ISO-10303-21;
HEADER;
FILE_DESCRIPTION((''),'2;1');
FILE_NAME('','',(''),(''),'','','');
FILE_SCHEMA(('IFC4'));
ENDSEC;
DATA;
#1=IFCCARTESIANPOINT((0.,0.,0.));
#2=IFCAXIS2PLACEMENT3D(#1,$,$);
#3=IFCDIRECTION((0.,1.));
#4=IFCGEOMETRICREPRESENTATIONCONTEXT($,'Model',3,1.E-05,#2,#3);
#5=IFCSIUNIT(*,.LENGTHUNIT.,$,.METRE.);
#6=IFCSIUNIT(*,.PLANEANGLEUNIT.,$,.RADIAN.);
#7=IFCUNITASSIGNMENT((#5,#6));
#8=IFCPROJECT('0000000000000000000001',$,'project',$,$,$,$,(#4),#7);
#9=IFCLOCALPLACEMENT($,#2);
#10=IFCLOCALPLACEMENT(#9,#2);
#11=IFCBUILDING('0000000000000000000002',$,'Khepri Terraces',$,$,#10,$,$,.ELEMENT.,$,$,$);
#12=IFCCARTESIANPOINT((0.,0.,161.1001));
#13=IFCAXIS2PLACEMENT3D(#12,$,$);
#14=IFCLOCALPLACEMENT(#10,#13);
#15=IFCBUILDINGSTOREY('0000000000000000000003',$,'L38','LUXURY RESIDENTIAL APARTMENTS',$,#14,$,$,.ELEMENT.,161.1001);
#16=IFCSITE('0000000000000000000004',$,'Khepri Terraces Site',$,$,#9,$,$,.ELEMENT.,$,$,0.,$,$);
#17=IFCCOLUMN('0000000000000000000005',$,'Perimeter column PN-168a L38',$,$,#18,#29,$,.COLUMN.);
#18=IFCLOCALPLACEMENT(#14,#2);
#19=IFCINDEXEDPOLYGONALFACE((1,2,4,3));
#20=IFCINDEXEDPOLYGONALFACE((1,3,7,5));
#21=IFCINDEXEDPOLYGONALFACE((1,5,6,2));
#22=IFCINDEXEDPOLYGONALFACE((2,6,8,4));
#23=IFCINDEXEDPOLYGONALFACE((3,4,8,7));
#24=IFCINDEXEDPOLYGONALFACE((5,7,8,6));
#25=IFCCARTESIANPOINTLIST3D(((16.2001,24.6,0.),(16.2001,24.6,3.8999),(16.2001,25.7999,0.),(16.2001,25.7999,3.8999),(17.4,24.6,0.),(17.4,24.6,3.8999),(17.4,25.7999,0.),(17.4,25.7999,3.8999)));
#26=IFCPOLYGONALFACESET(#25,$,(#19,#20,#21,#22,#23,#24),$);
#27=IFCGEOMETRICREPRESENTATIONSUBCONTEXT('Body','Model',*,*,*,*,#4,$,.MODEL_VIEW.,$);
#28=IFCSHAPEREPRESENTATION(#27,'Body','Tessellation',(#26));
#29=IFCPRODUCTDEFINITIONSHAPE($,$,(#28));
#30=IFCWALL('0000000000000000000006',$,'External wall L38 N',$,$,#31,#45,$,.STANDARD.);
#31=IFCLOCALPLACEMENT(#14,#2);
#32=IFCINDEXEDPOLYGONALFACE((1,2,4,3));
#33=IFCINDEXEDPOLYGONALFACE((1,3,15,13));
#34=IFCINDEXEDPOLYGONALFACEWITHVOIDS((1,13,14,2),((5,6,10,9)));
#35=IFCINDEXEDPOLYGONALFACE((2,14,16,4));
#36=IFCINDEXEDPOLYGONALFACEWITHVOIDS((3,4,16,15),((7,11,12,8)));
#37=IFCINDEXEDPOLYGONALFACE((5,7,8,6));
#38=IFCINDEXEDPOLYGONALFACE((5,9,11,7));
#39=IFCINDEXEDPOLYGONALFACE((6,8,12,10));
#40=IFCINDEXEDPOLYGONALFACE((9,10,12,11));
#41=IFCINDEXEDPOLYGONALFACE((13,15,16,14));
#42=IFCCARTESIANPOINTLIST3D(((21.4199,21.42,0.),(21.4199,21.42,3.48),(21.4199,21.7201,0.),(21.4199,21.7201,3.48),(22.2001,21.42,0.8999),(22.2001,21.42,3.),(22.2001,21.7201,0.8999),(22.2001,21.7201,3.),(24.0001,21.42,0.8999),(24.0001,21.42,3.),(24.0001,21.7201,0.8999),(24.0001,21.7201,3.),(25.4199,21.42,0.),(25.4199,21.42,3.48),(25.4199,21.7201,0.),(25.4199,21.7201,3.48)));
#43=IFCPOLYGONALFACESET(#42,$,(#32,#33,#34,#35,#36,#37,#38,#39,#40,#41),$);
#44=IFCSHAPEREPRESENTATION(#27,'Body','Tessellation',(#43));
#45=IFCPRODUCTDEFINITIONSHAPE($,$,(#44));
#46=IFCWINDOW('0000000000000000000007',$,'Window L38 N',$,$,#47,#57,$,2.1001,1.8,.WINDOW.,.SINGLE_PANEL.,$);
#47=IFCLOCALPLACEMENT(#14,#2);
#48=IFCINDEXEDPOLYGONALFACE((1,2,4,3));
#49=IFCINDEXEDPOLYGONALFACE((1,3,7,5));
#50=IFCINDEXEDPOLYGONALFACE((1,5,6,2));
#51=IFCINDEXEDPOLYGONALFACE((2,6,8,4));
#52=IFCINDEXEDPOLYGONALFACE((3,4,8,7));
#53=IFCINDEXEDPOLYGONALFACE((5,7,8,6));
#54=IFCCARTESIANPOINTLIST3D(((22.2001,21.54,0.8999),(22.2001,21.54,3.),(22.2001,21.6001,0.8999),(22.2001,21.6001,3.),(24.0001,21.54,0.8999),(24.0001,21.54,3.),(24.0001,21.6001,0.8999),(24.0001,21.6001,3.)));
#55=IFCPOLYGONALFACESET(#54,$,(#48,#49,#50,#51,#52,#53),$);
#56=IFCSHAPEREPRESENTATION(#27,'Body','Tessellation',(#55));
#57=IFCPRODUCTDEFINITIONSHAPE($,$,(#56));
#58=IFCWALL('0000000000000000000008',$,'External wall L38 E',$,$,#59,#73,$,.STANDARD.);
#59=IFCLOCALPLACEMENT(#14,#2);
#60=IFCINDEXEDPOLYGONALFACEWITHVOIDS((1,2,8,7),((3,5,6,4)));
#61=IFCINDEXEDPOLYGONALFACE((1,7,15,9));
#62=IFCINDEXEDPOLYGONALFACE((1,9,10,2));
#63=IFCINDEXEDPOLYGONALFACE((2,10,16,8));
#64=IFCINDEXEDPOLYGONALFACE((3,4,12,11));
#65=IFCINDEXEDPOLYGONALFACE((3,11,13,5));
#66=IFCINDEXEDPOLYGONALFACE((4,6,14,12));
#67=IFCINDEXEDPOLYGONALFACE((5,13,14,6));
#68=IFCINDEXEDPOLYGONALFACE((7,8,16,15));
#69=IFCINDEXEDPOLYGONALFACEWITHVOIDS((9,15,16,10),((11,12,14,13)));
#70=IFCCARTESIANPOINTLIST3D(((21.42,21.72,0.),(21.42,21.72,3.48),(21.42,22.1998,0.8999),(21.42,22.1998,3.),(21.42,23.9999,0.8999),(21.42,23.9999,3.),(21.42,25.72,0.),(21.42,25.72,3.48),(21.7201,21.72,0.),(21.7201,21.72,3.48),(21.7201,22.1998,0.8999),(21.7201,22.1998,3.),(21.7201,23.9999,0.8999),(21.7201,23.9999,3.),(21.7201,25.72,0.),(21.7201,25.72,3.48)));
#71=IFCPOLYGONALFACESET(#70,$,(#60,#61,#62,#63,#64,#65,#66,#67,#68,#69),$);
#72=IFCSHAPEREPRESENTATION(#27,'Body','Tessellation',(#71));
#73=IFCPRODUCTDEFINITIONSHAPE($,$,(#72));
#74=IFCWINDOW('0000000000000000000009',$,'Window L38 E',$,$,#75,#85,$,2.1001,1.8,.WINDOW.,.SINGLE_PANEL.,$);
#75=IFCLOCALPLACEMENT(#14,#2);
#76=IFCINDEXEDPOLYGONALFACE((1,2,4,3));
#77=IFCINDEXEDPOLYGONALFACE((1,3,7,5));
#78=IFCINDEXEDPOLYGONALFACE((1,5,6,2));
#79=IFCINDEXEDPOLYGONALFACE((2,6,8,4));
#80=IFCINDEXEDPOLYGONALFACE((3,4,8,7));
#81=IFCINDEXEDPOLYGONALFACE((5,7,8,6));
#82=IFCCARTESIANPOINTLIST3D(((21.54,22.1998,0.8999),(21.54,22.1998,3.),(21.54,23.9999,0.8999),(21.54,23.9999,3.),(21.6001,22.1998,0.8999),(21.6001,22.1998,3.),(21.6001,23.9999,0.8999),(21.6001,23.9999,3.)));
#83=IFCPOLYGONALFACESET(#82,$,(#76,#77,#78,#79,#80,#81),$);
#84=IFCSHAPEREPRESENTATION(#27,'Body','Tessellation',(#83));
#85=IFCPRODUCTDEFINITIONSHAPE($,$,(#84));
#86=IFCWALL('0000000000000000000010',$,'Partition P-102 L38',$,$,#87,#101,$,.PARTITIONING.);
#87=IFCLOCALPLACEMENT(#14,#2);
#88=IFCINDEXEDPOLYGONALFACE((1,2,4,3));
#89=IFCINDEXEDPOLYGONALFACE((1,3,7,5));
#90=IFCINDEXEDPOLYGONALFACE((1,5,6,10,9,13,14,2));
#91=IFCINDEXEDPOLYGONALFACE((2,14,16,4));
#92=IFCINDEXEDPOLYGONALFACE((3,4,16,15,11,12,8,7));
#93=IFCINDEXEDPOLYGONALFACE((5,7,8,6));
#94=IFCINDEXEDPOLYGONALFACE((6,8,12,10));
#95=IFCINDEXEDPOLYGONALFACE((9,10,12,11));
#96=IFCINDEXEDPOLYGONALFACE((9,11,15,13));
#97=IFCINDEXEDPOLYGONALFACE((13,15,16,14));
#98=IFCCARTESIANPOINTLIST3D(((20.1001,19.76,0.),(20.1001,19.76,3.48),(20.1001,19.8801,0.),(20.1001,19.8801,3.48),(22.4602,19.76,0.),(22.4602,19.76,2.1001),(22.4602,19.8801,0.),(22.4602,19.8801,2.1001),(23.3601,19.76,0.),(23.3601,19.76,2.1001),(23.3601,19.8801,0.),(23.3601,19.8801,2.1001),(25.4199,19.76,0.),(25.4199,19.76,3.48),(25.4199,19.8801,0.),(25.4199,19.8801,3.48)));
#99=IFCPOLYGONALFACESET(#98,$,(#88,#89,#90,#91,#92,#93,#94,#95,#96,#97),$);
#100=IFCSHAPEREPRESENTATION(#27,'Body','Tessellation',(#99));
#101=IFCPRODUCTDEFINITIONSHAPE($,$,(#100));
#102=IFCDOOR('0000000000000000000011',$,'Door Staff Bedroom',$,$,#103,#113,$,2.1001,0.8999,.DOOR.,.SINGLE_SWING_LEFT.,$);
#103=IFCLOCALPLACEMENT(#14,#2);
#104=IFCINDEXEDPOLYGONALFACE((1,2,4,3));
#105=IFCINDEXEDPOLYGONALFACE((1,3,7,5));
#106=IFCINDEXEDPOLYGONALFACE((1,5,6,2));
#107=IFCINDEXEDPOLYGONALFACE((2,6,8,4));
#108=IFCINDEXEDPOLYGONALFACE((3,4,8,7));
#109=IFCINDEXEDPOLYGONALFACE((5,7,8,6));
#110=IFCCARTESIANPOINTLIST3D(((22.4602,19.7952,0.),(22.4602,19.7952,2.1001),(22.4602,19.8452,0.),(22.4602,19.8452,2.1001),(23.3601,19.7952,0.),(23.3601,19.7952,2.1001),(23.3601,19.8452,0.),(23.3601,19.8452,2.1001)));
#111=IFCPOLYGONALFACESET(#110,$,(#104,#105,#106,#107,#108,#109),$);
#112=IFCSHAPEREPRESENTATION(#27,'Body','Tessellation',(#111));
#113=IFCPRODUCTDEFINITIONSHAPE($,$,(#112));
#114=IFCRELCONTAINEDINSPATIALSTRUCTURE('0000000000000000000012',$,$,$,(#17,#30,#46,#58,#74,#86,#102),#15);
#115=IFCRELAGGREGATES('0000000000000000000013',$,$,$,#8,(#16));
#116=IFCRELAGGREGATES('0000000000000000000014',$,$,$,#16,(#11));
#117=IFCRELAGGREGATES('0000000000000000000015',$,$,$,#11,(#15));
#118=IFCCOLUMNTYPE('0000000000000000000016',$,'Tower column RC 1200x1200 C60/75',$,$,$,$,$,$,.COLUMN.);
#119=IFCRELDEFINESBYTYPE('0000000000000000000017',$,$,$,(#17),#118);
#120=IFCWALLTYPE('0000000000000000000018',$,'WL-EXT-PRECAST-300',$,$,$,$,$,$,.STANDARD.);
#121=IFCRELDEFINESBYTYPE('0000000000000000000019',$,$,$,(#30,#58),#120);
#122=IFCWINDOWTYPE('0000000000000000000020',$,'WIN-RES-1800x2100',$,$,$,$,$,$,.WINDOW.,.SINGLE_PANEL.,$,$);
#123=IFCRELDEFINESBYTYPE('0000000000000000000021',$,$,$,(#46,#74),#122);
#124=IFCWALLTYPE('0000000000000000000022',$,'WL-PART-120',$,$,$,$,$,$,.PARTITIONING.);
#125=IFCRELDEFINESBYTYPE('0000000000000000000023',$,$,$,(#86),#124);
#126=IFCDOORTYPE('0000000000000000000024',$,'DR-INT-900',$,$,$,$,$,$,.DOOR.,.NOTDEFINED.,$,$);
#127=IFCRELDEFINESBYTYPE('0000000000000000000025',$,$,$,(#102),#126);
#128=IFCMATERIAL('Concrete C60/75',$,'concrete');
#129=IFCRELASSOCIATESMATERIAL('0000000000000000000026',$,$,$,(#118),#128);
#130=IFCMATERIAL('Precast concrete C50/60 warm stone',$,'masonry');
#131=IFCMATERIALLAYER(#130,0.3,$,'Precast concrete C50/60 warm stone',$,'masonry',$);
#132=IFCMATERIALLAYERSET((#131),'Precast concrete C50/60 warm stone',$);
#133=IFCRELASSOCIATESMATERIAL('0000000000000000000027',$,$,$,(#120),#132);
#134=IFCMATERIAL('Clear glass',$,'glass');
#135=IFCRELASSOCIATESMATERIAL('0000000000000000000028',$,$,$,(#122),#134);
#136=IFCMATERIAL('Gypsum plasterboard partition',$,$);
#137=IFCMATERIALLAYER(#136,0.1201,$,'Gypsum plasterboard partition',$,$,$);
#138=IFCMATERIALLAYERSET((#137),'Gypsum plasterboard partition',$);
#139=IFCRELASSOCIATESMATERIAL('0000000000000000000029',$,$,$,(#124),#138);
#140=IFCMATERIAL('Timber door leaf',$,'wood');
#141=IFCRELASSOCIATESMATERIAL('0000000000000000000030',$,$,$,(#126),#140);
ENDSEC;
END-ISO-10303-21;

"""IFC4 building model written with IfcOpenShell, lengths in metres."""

from ifc_helpers import new_model, si_unit, direction, frame, frame_2d, origin, origin_2d, place, context, subcontext, project, spatial, rectangle, extrude, material, layer, layer_set, material_profile, profile_set, type_object, element, fill, save


model = new_model("IFC4")

# Units and contexts
model_context = context("Model", 3, precision=1e-05, world=origin(), true_north=direction((0.0, 1.0)))
body_context = subcontext(model_context, "Body", "Model", "MODEL_VIEW")
ifc_project = project(units=[si_unit("LENGTHUNIT", "METRE"), si_unit("PLANEANGLEUNIT", "RADIAN")], contexts=[model_context])

# Site, building, storey
site_placement = place(None, origin())
site = spatial("IfcSite", under=ifc_project, at=site_placement, Name="Khepri Terraces Site", CompositionType="ELEMENT", RefElevation=0.0)
building_placement = place(site_placement, origin())
building = spatial("IfcBuilding", under=site, at=building_placement, Name="Khepri Terraces", CompositionType="ELEMENT")
storey_placement = place(building_placement, frame((0.0, 0.0, 161.1001)))
storey = spatial("IfcBuildingStorey", under=building, at=storey_placement, Name="L38", Description="LUXURY RESIDENTIAL APARTMENTS", CompositionType="ELEMENT", Elevation=161.1001)

# Column
ifc_material_1 = material(Name="Concrete C60/75", Category="concrete")
ifc_material_profile = material_profile(ifc_material_1, rectangle(XDim=1.2, YDim=1.2, at=origin_2d()), Name="Concrete C60/75", Category="concrete")
ifc_profile_set = profile_set([ifc_material_profile], Name="Concrete C60/75")
column_type = type_object("IfcColumnType", Name="Tower column RC 1200x1200 C60/75", PredefinedType="COLUMN", material=ifc_profile_set)
column_placement = place(storey_placement, frame((16.8, 25.2, 0.0), z_axis=(0.0, 0.0, 1.0), x_axis=(1.0, 0.0, 0.0)))
element("IfcColumn", 1, at=column_placement, inside=storey, type_object=column_type, Name="Perimeter column PN-168a L38", PredefinedType="COLUMN", context=body_context, shape_type="SweptSolid", body=[
    extrude(rectangle(XDim=1.2, YDim=1.2, at=origin_2d()), origin(), (0.0, 0.0, 1.0), 3.8999),
])

# Walls, openings, windows
ifc_material_2 = material(Name="Precast concrete C50/60 warm stone", Category="masonry")
ifc_layer_1 = layer(ifc_material_2, 0.3, Name="Precast concrete C50/60 warm stone", Category="masonry")
ifc_layer_set_1 = layer_set([ifc_layer_1], Name="Precast concrete C50/60 warm stone")
wall_type_1 = type_object("IfcWallType", Name="WL-EXT-PRECAST-300", PredefinedType="STANDARD", material=ifc_layer_set_1)
wall_1_placement = place(storey_placement, frame((25.4199, 21.5701, 0.0), z_axis=(0.0, 0.0, 1.0), x_axis=(-1.0, 0.0, 0.0)))
wall_1 = element("IfcWall", 2, at=wall_1_placement, inside=storey, type_object=wall_type_1, Name="External wall L38 N", PredefinedType="STANDARD", context=body_context, shape_type="SweptSolid", body=[
    extrude(rectangle(XDim=4.0, YDim=0.3, at=frame_2d((2.0, 0.0))), origin(), (0.0, 0.0, 1.0), 3.48),
])
opening_1_placement = place(wall_1_placement, frame((1.4199, 0.0, 0.8999)))
opening_1 = element("IfcOpeningElement", 3, at=opening_1_placement, cuts=wall_1, PredefinedType="OPENING", context=body_context, shape_type="SweptSolid", body=[
    extrude(rectangle(XDim=1.8, YDim=2.1001, at=frame_2d((0.8999, 1.05))), frame((0.0, 0.1602, 0.0), z_axis=(0.0, -1.0, 0.0), x_axis=(1.0, 0.0, 0.0)), (0.0, 0.0, 1.0), 0.3201),
])
ifc_material_3 = material(Name="Clear glass", Category="glass")
window_type = type_object("IfcWindowType", Name="WIN-RES-1800x2100", PartitioningType="SINGLE_PANEL", PredefinedType="WINDOW", material=ifc_material_3)
window_1_placement = place(opening_1_placement, origin())
window_1 = element("IfcWindow", 4, at=window_1_placement, inside=storey, type_object=window_type, Name="Window L38 N", OverallHeight=2.1001, OverallWidth=1.8, PartitioningType="SINGLE_PANEL", PredefinedType="WINDOW", context=body_context, shape_type="SweptSolid", body=[
    extrude(rectangle(XDim=1.8, YDim=2.1001, at=frame_2d((0.8999, 1.05))), frame((0.0, 0.03, 0.0), z_axis=(0.0, -1.0, 0.0), x_axis=(1.0, 0.0, 0.0)), (0.0, 0.0, 1.0), 0.0601),
])
fill(opening_1, window_1)
wall_2_placement = place(storey_placement, frame((21.5701, 21.72, 0.0), z_axis=(0.0, 0.0, 1.0), x_axis=(0.0, 1.0, 0.0)))
wall_2 = element("IfcWall", 5, at=wall_2_placement, inside=storey, type_object=wall_type_1, Name="External wall L38 E", PredefinedType="STANDARD", context=body_context, shape_type="SweptSolid", body=[
    extrude(rectangle(XDim=4.0, YDim=0.3, at=frame_2d((2.0, 0.0))), origin(), (0.0, 0.0, 1.0), 3.48),
])
opening_2_placement = place(wall_2_placement, frame((0.48, 0.0, 0.8999)))
opening_2 = element("IfcOpeningElement", 6, at=opening_2_placement, cuts=wall_2, PredefinedType="OPENING", context=body_context, shape_type="SweptSolid", body=[
    extrude(rectangle(XDim=1.8, YDim=2.1001, at=frame_2d((0.8999, 1.05))), frame((0.0, 0.1602, 0.0), z_axis=(0.0, -1.0, 0.0), x_axis=(1.0, 0.0, 0.0)), (0.0, 0.0, 1.0), 0.3201),
])
window_2_placement = place(opening_2_placement, origin())
window_2 = element("IfcWindow", 7, at=window_2_placement, inside=storey, type_object=window_type, Name="Window L38 E", OverallHeight=2.1001, OverallWidth=1.8, PartitioningType="SINGLE_PANEL", PredefinedType="WINDOW", context=body_context, shape_type="SweptSolid", body=[
    extrude(rectangle(XDim=1.8, YDim=2.1001, at=frame_2d((0.8999, 1.05))), frame((0.0, 0.03, 0.0), z_axis=(0.0, -1.0, 0.0), x_axis=(1.0, 0.0, 0.0)), (0.0, 0.0, 1.0), 0.0601),
])
fill(opening_2, window_2)

# Wall, opening, door
ifc_material_4 = material(Name="Gypsum plasterboard partition")
ifc_layer_2 = layer(ifc_material_4, 0.1201, Name="Gypsum plasterboard partition")
ifc_layer_set_2 = layer_set([ifc_layer_2], Name="Gypsum plasterboard partition")
wall_type_2 = type_object("IfcWallType", Name="WL-PART-120", PredefinedType="PARTITIONING", material=ifc_layer_set_2)
wall_3_placement = place(storey_placement, frame((20.1001, 19.8201, 0.0), z_axis=(0.0, 0.0, 1.0), x_axis=(1.0, 0.0, 0.0)))
wall_3 = element("IfcWall", 8, at=wall_3_placement, inside=storey, type_object=wall_type_2, Name="Partition P-102 L38", PredefinedType="PARTITIONING", context=body_context, shape_type="SweptSolid", body=[
    extrude(rectangle(XDim=5.3198, YDim=0.1201, at=frame_2d((2.6599, 0.0))), origin(), (0.0, 0.0, 1.0), 3.48),
])
opening_3_placement = place(wall_3_placement, frame((2.3601, 0.0, 0.0)))
opening_3 = element("IfcOpeningElement", 9, at=opening_3_placement, cuts=wall_3, PredefinedType="OPENING", context=body_context, shape_type="SweptSolid", body=[
    extrude(rectangle(XDim=0.8999, YDim=2.1001, at=frame_2d((0.45, 1.05))), frame((0.0, 0.0701, 0.0), z_axis=(0.0, -1.0, 0.0), x_axis=(1.0, 0.0, 0.0)), (0.0, 0.0, 1.0), 0.1401),
])
ifc_material_5 = material(Name="Timber door leaf", Category="wood")
door_type_1 = type_object("IfcDoorType", Name="DR-INT-900", OperationType="NOTDEFINED", PredefinedType="DOOR", material=ifc_material_5)
door_1_placement = place(opening_3_placement, frame((0.8999, 0.0, 0.0), z_axis=(0.0, 0.0, 1.0), x_axis=(-1.0, 0.0, 0.0)))
door_1 = element("IfcDoor", 10, at=door_1_placement, inside=storey, type_object=door_type_1, Name="Door Staff Bedroom", OperationType="SINGLE_SWING_LEFT", OverallHeight=2.1001, OverallWidth=0.8999, PredefinedType="DOOR", context=body_context, shape_type="SweptSolid", body=[
    extrude(rectangle(XDim=0.8999, YDim=2.1001, at=frame_2d((0.45, 1.05))), frame((0.0, 0.0249, 0.0), z_axis=(0.0, -1.0, 0.0), x_axis=(1.0, 0.0, 0.0)), (0.0, 0.0, 1.0), 0.05),
])
fill(opening_3, door_1)

save(model, "model.ifc")
